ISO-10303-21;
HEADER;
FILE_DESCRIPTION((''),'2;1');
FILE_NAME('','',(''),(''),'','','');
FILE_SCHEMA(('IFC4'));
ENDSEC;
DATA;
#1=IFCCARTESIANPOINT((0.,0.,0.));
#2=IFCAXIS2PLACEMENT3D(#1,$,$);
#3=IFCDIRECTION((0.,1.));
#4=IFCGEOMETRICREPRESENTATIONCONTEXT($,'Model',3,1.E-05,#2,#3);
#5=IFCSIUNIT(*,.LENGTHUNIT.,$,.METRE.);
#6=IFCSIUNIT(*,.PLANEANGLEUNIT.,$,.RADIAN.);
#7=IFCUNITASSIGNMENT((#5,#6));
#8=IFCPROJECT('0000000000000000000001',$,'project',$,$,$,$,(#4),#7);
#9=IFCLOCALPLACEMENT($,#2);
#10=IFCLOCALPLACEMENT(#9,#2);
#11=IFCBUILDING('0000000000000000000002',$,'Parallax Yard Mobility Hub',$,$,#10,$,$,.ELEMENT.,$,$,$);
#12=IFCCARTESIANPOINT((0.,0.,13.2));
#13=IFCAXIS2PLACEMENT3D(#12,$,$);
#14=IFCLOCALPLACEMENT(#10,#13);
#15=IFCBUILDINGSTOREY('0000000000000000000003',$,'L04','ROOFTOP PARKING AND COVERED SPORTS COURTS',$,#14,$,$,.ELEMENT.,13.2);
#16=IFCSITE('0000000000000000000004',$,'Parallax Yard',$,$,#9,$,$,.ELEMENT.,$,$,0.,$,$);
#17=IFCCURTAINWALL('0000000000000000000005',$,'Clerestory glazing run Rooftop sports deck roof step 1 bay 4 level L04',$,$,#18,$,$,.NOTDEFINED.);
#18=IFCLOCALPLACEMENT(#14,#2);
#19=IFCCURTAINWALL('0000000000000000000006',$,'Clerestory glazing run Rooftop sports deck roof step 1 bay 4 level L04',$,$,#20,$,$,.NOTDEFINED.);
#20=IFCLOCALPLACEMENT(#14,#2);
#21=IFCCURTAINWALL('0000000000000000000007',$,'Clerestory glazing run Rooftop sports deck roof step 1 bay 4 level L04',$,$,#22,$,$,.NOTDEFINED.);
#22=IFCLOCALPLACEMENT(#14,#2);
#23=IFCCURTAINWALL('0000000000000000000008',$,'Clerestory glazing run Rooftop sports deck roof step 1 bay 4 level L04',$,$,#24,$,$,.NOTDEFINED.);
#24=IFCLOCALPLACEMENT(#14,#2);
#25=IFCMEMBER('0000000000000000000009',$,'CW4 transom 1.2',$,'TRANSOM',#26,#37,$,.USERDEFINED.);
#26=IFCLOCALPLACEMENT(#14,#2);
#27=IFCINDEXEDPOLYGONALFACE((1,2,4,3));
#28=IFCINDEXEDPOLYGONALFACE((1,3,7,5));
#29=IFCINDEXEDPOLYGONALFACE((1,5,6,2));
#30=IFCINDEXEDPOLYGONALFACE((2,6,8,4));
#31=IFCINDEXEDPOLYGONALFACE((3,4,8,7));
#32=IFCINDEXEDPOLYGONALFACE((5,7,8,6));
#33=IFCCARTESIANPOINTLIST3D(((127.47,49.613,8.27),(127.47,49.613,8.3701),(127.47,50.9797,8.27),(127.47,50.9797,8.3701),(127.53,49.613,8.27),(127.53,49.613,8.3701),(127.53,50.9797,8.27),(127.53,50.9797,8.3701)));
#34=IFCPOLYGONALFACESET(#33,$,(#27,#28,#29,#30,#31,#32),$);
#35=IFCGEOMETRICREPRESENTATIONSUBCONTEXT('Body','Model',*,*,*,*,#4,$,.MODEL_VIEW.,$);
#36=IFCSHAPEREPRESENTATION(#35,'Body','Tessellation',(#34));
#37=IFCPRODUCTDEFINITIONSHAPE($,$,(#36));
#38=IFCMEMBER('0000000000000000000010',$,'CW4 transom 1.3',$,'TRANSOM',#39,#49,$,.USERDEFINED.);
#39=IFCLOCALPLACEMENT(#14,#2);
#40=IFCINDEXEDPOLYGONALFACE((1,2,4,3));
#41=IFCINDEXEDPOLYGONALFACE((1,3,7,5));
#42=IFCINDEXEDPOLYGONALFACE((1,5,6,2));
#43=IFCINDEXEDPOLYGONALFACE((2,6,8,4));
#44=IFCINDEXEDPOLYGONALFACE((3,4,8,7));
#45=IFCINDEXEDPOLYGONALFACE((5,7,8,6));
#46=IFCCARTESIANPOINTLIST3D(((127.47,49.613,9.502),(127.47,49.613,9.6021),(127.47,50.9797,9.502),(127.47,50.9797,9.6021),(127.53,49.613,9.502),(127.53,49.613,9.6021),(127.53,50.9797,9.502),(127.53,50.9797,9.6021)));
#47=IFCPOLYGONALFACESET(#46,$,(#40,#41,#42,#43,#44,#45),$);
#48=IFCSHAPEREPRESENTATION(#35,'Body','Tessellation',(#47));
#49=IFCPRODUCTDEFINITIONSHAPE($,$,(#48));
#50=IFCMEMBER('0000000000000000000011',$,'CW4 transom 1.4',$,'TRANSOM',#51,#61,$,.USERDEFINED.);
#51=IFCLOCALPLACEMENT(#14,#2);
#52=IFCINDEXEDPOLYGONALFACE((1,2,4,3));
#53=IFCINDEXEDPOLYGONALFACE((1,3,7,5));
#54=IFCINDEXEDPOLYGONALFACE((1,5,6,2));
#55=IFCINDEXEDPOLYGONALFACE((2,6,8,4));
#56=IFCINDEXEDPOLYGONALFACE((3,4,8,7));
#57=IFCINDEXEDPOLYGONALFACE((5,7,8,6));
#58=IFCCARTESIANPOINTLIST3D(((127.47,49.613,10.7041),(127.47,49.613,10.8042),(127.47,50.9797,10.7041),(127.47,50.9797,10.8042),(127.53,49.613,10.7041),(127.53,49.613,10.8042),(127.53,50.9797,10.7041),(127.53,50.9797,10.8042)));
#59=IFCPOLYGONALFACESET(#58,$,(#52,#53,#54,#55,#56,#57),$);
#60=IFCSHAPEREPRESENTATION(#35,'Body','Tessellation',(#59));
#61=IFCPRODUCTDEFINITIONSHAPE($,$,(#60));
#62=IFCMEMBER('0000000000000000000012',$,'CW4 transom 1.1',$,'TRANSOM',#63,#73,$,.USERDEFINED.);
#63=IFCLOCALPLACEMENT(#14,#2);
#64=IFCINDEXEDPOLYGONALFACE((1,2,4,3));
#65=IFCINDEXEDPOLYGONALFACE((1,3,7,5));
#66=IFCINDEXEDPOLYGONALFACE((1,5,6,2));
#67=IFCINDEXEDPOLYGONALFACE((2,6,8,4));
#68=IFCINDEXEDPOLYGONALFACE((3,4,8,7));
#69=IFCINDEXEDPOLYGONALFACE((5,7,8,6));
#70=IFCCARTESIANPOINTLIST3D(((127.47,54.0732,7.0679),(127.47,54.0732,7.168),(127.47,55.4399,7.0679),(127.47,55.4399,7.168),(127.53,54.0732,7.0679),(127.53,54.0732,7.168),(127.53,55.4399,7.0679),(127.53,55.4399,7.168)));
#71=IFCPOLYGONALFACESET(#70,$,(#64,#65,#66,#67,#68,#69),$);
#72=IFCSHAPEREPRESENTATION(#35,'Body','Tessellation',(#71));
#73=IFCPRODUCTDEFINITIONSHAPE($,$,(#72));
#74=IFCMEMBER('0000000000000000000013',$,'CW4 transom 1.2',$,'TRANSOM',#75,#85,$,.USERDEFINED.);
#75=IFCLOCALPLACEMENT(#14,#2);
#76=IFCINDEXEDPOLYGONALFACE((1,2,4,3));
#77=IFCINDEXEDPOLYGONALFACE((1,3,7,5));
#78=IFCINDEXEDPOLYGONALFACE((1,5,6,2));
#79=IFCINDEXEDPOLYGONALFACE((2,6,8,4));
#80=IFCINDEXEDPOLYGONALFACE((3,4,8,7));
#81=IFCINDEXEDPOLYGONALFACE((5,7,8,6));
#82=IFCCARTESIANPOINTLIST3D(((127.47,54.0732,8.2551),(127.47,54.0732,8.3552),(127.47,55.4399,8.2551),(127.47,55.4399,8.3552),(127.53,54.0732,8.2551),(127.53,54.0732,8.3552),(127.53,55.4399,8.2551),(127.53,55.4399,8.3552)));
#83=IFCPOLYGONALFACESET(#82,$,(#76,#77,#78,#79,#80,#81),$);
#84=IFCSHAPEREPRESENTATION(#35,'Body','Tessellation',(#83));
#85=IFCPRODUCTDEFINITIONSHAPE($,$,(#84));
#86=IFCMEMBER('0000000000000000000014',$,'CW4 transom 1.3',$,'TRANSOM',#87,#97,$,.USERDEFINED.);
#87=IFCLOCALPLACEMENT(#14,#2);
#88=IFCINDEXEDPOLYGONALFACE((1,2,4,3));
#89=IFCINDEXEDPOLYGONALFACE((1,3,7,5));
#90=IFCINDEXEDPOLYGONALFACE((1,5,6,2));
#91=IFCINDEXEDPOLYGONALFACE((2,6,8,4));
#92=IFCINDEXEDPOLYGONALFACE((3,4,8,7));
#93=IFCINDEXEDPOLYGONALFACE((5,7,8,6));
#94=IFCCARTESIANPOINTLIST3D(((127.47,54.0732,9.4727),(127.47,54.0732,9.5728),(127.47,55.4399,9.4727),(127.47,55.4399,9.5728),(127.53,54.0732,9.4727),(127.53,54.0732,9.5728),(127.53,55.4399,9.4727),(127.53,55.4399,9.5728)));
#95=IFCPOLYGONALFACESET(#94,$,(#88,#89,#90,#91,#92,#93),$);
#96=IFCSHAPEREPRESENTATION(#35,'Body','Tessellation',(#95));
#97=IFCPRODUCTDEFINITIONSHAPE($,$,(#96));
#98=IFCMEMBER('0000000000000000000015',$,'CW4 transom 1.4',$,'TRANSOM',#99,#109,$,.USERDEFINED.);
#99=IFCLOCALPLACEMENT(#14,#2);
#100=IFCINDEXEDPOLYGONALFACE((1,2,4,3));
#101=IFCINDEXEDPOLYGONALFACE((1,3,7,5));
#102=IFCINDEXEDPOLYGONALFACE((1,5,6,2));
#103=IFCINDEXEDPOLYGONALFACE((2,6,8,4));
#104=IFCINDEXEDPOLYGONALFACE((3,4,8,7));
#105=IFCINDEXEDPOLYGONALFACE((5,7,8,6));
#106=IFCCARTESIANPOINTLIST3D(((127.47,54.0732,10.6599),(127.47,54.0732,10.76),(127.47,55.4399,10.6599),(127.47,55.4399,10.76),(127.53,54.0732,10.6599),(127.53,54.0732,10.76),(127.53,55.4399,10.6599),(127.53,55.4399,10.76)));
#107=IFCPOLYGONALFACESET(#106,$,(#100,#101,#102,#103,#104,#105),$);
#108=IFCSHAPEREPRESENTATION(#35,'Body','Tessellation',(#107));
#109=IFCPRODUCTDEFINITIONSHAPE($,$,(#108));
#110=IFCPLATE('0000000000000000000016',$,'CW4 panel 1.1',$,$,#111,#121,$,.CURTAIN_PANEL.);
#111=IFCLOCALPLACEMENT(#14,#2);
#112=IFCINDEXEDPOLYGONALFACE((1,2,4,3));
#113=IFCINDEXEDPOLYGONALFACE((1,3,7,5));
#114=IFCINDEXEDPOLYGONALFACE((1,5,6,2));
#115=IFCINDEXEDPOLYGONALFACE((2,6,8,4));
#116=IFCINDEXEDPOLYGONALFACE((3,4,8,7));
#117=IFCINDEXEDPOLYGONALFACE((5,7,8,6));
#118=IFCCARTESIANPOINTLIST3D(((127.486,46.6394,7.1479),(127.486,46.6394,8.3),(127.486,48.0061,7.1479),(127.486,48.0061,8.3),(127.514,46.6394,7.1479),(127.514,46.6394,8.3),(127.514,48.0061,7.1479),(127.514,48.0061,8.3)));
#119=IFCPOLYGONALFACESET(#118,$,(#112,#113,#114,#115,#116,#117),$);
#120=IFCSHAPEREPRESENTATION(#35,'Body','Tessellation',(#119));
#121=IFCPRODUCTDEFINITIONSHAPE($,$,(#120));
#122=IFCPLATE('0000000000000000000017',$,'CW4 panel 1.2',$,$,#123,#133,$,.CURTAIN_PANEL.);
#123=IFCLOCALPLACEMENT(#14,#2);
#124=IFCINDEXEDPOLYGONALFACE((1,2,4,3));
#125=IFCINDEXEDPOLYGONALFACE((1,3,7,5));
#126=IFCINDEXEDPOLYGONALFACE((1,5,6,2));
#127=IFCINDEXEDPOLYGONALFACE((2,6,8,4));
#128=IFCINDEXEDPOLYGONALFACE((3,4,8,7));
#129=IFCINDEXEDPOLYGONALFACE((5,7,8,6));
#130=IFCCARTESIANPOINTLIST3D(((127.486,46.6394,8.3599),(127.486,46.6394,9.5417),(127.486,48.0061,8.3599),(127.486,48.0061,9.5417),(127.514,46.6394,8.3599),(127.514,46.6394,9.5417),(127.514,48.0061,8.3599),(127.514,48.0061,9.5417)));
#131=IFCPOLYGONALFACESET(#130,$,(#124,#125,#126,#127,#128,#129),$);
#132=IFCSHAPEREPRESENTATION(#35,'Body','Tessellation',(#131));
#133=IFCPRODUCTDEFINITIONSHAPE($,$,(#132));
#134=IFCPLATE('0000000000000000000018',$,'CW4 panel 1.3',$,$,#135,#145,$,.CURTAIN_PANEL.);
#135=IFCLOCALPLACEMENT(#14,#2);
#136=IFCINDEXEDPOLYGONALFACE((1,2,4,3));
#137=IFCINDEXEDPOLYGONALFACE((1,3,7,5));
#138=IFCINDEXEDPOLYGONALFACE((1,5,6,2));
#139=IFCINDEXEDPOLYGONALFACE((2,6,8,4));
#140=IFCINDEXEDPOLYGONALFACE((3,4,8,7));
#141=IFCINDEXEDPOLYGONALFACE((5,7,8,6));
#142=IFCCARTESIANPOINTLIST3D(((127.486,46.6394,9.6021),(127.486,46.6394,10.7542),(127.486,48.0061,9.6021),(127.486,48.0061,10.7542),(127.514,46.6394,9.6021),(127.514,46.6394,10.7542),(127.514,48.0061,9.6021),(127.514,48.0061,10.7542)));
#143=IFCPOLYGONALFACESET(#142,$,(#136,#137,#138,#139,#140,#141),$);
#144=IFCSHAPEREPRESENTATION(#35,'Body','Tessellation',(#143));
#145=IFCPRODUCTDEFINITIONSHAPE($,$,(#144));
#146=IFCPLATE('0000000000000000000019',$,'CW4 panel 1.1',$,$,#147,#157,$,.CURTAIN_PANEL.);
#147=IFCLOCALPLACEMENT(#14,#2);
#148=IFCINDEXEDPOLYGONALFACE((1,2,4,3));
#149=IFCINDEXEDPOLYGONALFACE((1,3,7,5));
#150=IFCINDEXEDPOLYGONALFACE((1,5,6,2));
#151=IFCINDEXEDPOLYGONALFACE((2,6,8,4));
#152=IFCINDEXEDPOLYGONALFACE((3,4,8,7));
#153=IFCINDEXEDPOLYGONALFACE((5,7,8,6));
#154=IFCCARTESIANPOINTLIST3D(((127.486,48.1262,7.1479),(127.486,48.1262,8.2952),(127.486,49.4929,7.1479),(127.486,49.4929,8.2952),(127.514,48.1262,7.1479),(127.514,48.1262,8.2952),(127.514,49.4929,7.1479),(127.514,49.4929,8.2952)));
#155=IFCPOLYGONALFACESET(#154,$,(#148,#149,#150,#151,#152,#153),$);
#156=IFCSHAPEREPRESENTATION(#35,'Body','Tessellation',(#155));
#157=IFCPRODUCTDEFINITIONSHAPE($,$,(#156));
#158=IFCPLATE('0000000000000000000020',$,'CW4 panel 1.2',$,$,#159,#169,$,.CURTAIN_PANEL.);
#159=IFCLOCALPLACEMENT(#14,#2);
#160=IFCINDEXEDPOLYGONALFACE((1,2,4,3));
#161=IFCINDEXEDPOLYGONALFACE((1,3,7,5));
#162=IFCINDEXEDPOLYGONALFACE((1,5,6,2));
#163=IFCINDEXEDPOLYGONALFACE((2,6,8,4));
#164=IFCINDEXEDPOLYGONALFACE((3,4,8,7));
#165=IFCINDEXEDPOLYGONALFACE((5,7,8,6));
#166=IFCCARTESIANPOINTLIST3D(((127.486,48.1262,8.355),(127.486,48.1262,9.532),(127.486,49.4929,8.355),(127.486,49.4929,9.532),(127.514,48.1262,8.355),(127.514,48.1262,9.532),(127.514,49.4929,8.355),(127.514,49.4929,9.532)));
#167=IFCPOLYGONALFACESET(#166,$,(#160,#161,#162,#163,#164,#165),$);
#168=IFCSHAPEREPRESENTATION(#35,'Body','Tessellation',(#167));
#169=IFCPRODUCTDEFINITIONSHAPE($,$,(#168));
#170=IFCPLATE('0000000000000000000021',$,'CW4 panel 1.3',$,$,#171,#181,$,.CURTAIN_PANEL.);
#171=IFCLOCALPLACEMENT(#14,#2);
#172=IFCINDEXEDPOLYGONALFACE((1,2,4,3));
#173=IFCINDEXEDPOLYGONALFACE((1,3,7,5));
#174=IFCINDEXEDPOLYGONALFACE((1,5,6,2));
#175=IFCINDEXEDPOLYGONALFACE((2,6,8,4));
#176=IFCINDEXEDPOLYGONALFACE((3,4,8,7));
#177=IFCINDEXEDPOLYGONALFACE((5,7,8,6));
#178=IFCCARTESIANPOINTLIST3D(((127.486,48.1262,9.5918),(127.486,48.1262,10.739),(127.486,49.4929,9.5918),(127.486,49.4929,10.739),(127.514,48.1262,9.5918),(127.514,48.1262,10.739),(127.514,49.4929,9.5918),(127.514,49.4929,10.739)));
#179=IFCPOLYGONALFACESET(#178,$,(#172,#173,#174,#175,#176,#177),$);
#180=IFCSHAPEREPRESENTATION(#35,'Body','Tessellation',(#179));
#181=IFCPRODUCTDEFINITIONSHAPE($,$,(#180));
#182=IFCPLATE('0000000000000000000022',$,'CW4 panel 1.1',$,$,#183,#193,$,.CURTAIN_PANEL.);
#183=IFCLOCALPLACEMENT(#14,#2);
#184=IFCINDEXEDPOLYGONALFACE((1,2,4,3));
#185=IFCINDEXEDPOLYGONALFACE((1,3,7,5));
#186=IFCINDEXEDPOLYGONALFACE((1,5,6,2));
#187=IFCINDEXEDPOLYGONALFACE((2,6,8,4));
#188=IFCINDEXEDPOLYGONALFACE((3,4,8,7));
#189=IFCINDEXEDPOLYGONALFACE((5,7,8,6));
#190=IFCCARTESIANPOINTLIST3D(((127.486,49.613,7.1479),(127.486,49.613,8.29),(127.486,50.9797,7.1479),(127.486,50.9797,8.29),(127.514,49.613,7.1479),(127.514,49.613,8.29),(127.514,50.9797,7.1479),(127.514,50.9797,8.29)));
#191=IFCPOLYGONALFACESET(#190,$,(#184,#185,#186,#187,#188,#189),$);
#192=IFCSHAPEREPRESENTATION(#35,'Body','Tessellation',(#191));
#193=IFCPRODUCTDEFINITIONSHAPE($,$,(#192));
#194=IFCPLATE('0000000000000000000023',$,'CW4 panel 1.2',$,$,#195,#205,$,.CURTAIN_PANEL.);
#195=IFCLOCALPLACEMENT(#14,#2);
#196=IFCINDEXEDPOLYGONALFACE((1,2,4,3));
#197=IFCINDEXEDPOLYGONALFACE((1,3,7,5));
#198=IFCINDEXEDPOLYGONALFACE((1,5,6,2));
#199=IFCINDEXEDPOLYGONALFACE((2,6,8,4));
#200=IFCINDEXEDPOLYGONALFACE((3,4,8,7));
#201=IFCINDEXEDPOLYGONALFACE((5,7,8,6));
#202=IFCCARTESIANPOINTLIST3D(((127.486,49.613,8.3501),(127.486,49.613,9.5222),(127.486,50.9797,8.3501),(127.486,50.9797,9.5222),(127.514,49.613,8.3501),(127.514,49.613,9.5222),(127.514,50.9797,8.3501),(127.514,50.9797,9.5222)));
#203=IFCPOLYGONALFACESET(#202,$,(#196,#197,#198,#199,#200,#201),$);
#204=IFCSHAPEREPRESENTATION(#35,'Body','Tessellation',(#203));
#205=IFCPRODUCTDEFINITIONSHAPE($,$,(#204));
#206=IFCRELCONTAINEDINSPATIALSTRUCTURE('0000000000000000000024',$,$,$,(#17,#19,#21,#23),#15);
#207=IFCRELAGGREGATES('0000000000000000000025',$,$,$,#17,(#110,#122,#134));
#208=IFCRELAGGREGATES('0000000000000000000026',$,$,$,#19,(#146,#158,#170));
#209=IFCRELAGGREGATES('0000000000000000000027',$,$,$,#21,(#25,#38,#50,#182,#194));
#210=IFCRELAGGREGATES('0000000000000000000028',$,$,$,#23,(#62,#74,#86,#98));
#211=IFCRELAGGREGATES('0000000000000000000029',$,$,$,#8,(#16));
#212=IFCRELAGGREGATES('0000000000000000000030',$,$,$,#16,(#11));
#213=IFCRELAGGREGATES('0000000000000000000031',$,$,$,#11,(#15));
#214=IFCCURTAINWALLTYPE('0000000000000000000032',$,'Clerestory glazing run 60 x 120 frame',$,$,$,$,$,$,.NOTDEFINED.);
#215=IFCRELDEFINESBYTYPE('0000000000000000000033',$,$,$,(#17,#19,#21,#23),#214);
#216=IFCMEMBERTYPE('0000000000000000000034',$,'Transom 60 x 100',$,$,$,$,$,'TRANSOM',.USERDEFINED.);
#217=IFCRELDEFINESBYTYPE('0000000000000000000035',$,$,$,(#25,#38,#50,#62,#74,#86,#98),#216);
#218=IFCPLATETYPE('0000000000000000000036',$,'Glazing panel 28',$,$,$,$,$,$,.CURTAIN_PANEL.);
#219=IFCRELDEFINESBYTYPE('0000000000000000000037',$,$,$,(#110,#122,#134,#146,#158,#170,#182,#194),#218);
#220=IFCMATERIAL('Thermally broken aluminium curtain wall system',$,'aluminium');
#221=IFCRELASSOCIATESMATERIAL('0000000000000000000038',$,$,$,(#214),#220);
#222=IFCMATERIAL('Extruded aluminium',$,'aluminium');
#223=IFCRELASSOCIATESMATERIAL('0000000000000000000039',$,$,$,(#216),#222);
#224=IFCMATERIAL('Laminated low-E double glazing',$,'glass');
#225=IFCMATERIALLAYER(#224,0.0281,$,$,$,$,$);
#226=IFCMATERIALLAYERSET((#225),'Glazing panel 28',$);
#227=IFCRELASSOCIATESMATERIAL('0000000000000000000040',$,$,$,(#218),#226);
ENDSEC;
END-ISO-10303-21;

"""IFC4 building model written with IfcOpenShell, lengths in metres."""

from ifc_helpers import new_model, si_unit, direction, frame, origin, origin_2d, place, context, subcontext, project, spatial, rectangle, extrude, material, layer, layer_set, material_profile, profile_set, type_object, element, aggregate, save


model = new_model("IFC4")

# Units and contexts
model_context = context("Model", 3, precision=1e-05, world=origin(), true_north=direction((0.0, 1.0)))
body_context = subcontext(model_context, "Body", "Model", "MODEL_VIEW")
ifc_project = project(units=[si_unit("LENGTHUNIT", "METRE"), si_unit("PLANEANGLEUNIT", "RADIAN")], contexts=[model_context])

# Site, building, storey
site_placement = place(None, origin())
site = spatial("IfcSite", under=ifc_project, at=site_placement, Name="Parallax Yard", CompositionType="ELEMENT", RefElevation=0.0)
building_placement = place(site_placement, origin())
building = spatial("IfcBuilding", under=site, at=building_placement, Name="Parallax Yard Mobility Hub", CompositionType="ELEMENT")
storey_placement = place(building_placement, frame((0.0, 0.0, 13.2)))
storey = spatial("IfcBuildingStorey", under=building, at=storey_placement, Name="L04", Description="ROOFTOP PARKING AND COVERED SPORTS COURTS", CompositionType="ELEMENT", Elevation=13.2)

# Curtain wall
ifc_material_1 = material(Name="Thermally broken aluminium curtain wall system", Category="aluminium")
curtain_wall_type = type_object("IfcCurtainWallType", Name="Clerestory glazing run 60 x 120 frame", PredefinedType="NOTDEFINED", material=ifc_material_1)
curtain_wall_1_placement = place(storey_placement, origin())
curtain_wall_1 = element("IfcCurtainWall", 1, at=curtain_wall_1_placement, inside=storey, type_object=curtain_wall_type, Name="Clerestory glazing run Rooftop sports deck roof step 1 bay 4 level L04", PredefinedType="NOTDEFINED")
ifc_material_2 = material(Name="Extruded aluminium", Category="aluminium")

# Curtain walls
curtain_wall_2_placement = place(storey_placement, origin())
curtain_wall_2 = element("IfcCurtainWall", 2, at=curtain_wall_2_placement, inside=storey, type_object=curtain_wall_type, Name="Clerestory glazing run Rooftop sports deck roof step 1 bay 4 level L04", PredefinedType="NOTDEFINED")
curtain_wall_3_placement = place(storey_placement, origin())
curtain_wall_3 = element("IfcCurtainWall", 3, at=curtain_wall_3_placement, inside=storey, type_object=curtain_wall_type, Name="Clerestory glazing run Rooftop sports deck roof step 1 bay 4 level L04", PredefinedType="NOTDEFINED")

# Curtain wall
curtain_wall_4_placement = place(storey_placement, origin())
curtain_wall_4 = element("IfcCurtainWall", 4, at=curtain_wall_4_placement, inside=storey, type_object=curtain_wall_type, Name="Clerestory glazing run Rooftop sports deck roof step 1 bay 4 level L04", PredefinedType="NOTDEFINED")

# Members
ifc_material_profile_1 = material_profile(ifc_material_2, rectangle(XDim=0.0601, YDim=0.1001, at=origin_2d()), Name="Transom 60 x 100")
ifc_profile_set_1 = profile_set([ifc_material_profile_1], Name="Extruded aluminium")
member_type_1 = type_object("IfcMemberType", Name="Transom 60 x 100", ElementType="TRANSOM", PredefinedType="USERDEFINED", material=ifc_profile_set_1)
member_1_placement = place(storey_placement, frame((127.5, 49.613, 8.3201), z_axis=(0.0, 1.0, 0.0), x_axis=(-1.0, 0.0, 0.0)))
member_1 = element("IfcMember", 5, at=member_1_placement, type_object=member_type_1, Name="CW4 transom 1.2", ObjectType="TRANSOM", PredefinedType="USERDEFINED", context=body_context, shape_type="SweptSolid", body=[
    extrude(rectangle(XDim=0.0601, YDim=0.1001, at=origin_2d()), origin(), (0.0, 0.0, 1.0), 1.3667),
])
member_2_placement = place(storey_placement, frame((127.5, 49.613, 9.552), z_axis=(0.0, 1.0, 0.0), x_axis=(-1.0, 0.0, 0.0)))
member_2 = element("IfcMember", 6, at=member_2_placement, type_object=member_type_1, Name="CW4 transom 1.3", ObjectType="TRANSOM", PredefinedType="USERDEFINED", context=body_context, shape_type="SweptSolid", body=[
    extrude(rectangle(XDim=0.0601, YDim=0.1001, at=origin_2d()), origin(), (0.0, 0.0, 1.0), 1.3667),
])
member_3_placement = place(storey_placement, frame((127.5, 49.613, 10.7542), z_axis=(0.0, 1.0, 0.0), x_axis=(-1.0, 0.0, 0.0)))
member_3 = element("IfcMember", 7, at=member_3_placement, type_object=member_type_1, Name="CW4 transom 1.4", ObjectType="TRANSOM", PredefinedType="USERDEFINED", context=body_context, shape_type="SweptSolid", body=[
    extrude(rectangle(XDim=0.0601, YDim=0.1001, at=origin_2d()), origin(), (0.0, 0.0, 1.0), 1.3667),
])
member_4_placement = place(storey_placement, frame((127.5, 54.0732, 7.1179), z_axis=(0.0, 1.0, 0.0), x_axis=(-1.0, 0.0, 0.0)))
member_4 = element("IfcMember", 8, at=member_4_placement, type_object=member_type_1, Name="CW4 transom 1.1", ObjectType="TRANSOM", PredefinedType="USERDEFINED", context=body_context, shape_type="SweptSolid", body=[
    extrude(rectangle(XDim=0.0601, YDim=0.1001, at=origin_2d()), origin(), (0.0, 0.0, 1.0), 1.3667),
])
member_5_placement = place(storey_placement, frame((127.5, 54.0732, 8.3052), z_axis=(0.0, 1.0, 0.0), x_axis=(-1.0, 0.0, 0.0)))
member_5 = element("IfcMember", 9, at=member_5_placement, type_object=member_type_1, Name="CW4 transom 1.2", ObjectType="TRANSOM", PredefinedType="USERDEFINED", context=body_context, shape_type="SweptSolid", body=[
    extrude(rectangle(XDim=0.0601, YDim=0.1001, at=origin_2d()), origin(), (0.0, 0.0, 1.0), 1.3667),
])
member_6_placement = place(storey_placement, frame((127.5, 54.0732, 9.5227), z_axis=(0.0, 1.0, 0.0), x_axis=(-1.0, 0.0, 0.0)))
member_6 = element("IfcMember", 10, at=member_6_placement, type_object=member_type_1, Name="CW4 transom 1.3", ObjectType="TRANSOM", PredefinedType="USERDEFINED", context=body_context, shape_type="SweptSolid", body=[
    extrude(rectangle(XDim=0.0601, YDim=0.1001, at=origin_2d()), origin(), (0.0, 0.0, 1.0), 1.3667),
])
member_7_placement = place(storey_placement, frame((127.5, 54.0732, 10.71), z_axis=(0.0, 1.0, 0.0), x_axis=(-1.0, 0.0, 0.0)))
member_7 = element("IfcMember", 11, at=member_7_placement, type_object=member_type_1, Name="CW4 transom 1.4", ObjectType="TRANSOM", PredefinedType="USERDEFINED", context=body_context, shape_type="SweptSolid", body=[
    extrude(rectangle(XDim=0.0601, YDim=0.1001, at=origin_2d()), origin(), (0.0, 0.0, 1.0), 1.3667),
])

# Plates
ifc_material_3 = material(Name="Laminated low-E double glazing", Category="glass")
ifc_layer_1 = layer(ifc_material_3, 0.0281)
ifc_layer_set_1 = layer_set([ifc_layer_1], Name="Glazing panel 28")
plate_type = type_object("IfcPlateType", Name="Glazing panel 28", PredefinedType="CURTAIN_PANEL", material=ifc_layer_set_1)
plate_1_placement = place(storey_placement, frame((127.5, 47.3228, 7.1479), z_axis=(0.0, 0.0, 1.0), x_axis=(0.0, 1.0, 0.0)))
plate_1 = element("IfcPlate", 12, at=plate_1_placement, type_object=plate_type, Name="CW4 panel 1.1", PredefinedType="CURTAIN_PANEL", context=body_context, shape_type="SweptSolid", body=[
    extrude(rectangle(XDim=1.3667, YDim=0.0281, at=origin_2d()), origin(), (0.0, 0.0, 1.0), 1.1521),
])
plate_2_placement = place(storey_placement, frame((127.5, 47.3228, 8.3599), z_axis=(0.0, 0.0, 1.0), x_axis=(0.0, 1.0, 0.0)))
plate_2 = element("IfcPlate", 13, at=plate_2_placement, type_object=plate_type, Name="CW4 panel 1.2", PredefinedType="CURTAIN_PANEL", context=body_context, shape_type="SweptSolid", body=[
    extrude(rectangle(XDim=1.3667, YDim=0.0281, at=origin_2d()), origin(), (0.0, 0.0, 1.0), 1.1819),
])
plate_3_placement = place(storey_placement, frame((127.5, 47.3228, 9.6021), z_axis=(0.0, 0.0, 1.0), x_axis=(0.0, 1.0, 0.0)))
plate_3 = element("IfcPlate", 14, at=plate_3_placement, type_object=plate_type, Name="CW4 panel 1.3", PredefinedType="CURTAIN_PANEL", context=body_context, shape_type="SweptSolid", body=[
    extrude(rectangle(XDim=1.3667, YDim=0.0281, at=origin_2d()), origin(), (0.0, 0.0, 1.0), 1.1521),
])
aggregate(curtain_wall_1, [plate_1, plate_2, plate_3])
plate_4_placement = place(storey_placement, frame((127.5, 48.8096, 7.1479), z_axis=(0.0, 0.0, 1.0), x_axis=(0.0, 1.0, 0.0)))
plate_4 = element("IfcPlate", 15, at=plate_4_placement, type_object=plate_type, Name="CW4 panel 1.1", PredefinedType="CURTAIN_PANEL", context=body_context, shape_type="SweptSolid", body=[
    extrude(rectangle(XDim=1.3667, YDim=0.0281, at=origin_2d()), origin(), (0.0, 0.0, 1.0), 1.1472),
])
plate_5_placement = place(storey_placement, frame((127.5, 48.8096, 8.355), z_axis=(0.0, 0.0, 1.0), x_axis=(0.0, 1.0, 0.0)))
plate_5 = element("IfcPlate", 16, at=plate_5_placement, type_object=plate_type, Name="CW4 panel 1.2", PredefinedType="CURTAIN_PANEL", context=body_context, shape_type="SweptSolid", body=[
    extrude(rectangle(XDim=1.3667, YDim=0.0281, at=origin_2d()), origin(), (0.0, 0.0, 1.0), 1.177),
])
plate_6_placement = place(storey_placement, frame((127.5, 48.8096, 9.5918), z_axis=(0.0, 0.0, 1.0), x_axis=(0.0, 1.0, 0.0)))
plate_6 = element("IfcPlate", 17, at=plate_6_placement, type_object=plate_type, Name="CW4 panel 1.3", PredefinedType="CURTAIN_PANEL", context=body_context, shape_type="SweptSolid", body=[
    extrude(rectangle(XDim=1.3667, YDim=0.0281, at=origin_2d()), origin(), (0.0, 0.0, 1.0), 1.1472),
])
aggregate(curtain_wall_2, [plate_4, plate_5, plate_6])
plate_7_placement = place(storey_placement, frame((127.5, 50.2964, 7.1479), z_axis=(0.0, 0.0, 1.0), x_axis=(0.0, 1.0, 0.0)))
plate_7 = element("IfcPlate", 18, at=plate_7_placement, type_object=plate_type, Name="CW4 panel 1.1", PredefinedType="CURTAIN_PANEL", context=body_context, shape_type="SweptSolid", body=[
    extrude(rectangle(XDim=1.3667, YDim=0.0281, at=origin_2d()), origin(), (0.0, 0.0, 1.0), 1.1421),
])
plate_8_placement = place(storey_placement, frame((127.5, 50.2964, 8.3501), z_axis=(0.0, 0.0, 1.0), x_axis=(0.0, 1.0, 0.0)))
plate_8 = element("IfcPlate", 19, at=plate_8_placement, type_object=plate_type, Name="CW4 panel 1.2", PredefinedType="CURTAIN_PANEL", context=body_context, shape_type="SweptSolid", body=[
    extrude(rectangle(XDim=1.3667, YDim=0.0281, at=origin_2d()), origin(), (0.0, 0.0, 1.0), 1.1721),
])
aggregate(curtain_wall_3, [member_1, member_2, member_3, plate_7, plate_8])
aggregate(curtain_wall_4, [member_4, member_5, member_6, member_7])

save(model, "model.ifc")
